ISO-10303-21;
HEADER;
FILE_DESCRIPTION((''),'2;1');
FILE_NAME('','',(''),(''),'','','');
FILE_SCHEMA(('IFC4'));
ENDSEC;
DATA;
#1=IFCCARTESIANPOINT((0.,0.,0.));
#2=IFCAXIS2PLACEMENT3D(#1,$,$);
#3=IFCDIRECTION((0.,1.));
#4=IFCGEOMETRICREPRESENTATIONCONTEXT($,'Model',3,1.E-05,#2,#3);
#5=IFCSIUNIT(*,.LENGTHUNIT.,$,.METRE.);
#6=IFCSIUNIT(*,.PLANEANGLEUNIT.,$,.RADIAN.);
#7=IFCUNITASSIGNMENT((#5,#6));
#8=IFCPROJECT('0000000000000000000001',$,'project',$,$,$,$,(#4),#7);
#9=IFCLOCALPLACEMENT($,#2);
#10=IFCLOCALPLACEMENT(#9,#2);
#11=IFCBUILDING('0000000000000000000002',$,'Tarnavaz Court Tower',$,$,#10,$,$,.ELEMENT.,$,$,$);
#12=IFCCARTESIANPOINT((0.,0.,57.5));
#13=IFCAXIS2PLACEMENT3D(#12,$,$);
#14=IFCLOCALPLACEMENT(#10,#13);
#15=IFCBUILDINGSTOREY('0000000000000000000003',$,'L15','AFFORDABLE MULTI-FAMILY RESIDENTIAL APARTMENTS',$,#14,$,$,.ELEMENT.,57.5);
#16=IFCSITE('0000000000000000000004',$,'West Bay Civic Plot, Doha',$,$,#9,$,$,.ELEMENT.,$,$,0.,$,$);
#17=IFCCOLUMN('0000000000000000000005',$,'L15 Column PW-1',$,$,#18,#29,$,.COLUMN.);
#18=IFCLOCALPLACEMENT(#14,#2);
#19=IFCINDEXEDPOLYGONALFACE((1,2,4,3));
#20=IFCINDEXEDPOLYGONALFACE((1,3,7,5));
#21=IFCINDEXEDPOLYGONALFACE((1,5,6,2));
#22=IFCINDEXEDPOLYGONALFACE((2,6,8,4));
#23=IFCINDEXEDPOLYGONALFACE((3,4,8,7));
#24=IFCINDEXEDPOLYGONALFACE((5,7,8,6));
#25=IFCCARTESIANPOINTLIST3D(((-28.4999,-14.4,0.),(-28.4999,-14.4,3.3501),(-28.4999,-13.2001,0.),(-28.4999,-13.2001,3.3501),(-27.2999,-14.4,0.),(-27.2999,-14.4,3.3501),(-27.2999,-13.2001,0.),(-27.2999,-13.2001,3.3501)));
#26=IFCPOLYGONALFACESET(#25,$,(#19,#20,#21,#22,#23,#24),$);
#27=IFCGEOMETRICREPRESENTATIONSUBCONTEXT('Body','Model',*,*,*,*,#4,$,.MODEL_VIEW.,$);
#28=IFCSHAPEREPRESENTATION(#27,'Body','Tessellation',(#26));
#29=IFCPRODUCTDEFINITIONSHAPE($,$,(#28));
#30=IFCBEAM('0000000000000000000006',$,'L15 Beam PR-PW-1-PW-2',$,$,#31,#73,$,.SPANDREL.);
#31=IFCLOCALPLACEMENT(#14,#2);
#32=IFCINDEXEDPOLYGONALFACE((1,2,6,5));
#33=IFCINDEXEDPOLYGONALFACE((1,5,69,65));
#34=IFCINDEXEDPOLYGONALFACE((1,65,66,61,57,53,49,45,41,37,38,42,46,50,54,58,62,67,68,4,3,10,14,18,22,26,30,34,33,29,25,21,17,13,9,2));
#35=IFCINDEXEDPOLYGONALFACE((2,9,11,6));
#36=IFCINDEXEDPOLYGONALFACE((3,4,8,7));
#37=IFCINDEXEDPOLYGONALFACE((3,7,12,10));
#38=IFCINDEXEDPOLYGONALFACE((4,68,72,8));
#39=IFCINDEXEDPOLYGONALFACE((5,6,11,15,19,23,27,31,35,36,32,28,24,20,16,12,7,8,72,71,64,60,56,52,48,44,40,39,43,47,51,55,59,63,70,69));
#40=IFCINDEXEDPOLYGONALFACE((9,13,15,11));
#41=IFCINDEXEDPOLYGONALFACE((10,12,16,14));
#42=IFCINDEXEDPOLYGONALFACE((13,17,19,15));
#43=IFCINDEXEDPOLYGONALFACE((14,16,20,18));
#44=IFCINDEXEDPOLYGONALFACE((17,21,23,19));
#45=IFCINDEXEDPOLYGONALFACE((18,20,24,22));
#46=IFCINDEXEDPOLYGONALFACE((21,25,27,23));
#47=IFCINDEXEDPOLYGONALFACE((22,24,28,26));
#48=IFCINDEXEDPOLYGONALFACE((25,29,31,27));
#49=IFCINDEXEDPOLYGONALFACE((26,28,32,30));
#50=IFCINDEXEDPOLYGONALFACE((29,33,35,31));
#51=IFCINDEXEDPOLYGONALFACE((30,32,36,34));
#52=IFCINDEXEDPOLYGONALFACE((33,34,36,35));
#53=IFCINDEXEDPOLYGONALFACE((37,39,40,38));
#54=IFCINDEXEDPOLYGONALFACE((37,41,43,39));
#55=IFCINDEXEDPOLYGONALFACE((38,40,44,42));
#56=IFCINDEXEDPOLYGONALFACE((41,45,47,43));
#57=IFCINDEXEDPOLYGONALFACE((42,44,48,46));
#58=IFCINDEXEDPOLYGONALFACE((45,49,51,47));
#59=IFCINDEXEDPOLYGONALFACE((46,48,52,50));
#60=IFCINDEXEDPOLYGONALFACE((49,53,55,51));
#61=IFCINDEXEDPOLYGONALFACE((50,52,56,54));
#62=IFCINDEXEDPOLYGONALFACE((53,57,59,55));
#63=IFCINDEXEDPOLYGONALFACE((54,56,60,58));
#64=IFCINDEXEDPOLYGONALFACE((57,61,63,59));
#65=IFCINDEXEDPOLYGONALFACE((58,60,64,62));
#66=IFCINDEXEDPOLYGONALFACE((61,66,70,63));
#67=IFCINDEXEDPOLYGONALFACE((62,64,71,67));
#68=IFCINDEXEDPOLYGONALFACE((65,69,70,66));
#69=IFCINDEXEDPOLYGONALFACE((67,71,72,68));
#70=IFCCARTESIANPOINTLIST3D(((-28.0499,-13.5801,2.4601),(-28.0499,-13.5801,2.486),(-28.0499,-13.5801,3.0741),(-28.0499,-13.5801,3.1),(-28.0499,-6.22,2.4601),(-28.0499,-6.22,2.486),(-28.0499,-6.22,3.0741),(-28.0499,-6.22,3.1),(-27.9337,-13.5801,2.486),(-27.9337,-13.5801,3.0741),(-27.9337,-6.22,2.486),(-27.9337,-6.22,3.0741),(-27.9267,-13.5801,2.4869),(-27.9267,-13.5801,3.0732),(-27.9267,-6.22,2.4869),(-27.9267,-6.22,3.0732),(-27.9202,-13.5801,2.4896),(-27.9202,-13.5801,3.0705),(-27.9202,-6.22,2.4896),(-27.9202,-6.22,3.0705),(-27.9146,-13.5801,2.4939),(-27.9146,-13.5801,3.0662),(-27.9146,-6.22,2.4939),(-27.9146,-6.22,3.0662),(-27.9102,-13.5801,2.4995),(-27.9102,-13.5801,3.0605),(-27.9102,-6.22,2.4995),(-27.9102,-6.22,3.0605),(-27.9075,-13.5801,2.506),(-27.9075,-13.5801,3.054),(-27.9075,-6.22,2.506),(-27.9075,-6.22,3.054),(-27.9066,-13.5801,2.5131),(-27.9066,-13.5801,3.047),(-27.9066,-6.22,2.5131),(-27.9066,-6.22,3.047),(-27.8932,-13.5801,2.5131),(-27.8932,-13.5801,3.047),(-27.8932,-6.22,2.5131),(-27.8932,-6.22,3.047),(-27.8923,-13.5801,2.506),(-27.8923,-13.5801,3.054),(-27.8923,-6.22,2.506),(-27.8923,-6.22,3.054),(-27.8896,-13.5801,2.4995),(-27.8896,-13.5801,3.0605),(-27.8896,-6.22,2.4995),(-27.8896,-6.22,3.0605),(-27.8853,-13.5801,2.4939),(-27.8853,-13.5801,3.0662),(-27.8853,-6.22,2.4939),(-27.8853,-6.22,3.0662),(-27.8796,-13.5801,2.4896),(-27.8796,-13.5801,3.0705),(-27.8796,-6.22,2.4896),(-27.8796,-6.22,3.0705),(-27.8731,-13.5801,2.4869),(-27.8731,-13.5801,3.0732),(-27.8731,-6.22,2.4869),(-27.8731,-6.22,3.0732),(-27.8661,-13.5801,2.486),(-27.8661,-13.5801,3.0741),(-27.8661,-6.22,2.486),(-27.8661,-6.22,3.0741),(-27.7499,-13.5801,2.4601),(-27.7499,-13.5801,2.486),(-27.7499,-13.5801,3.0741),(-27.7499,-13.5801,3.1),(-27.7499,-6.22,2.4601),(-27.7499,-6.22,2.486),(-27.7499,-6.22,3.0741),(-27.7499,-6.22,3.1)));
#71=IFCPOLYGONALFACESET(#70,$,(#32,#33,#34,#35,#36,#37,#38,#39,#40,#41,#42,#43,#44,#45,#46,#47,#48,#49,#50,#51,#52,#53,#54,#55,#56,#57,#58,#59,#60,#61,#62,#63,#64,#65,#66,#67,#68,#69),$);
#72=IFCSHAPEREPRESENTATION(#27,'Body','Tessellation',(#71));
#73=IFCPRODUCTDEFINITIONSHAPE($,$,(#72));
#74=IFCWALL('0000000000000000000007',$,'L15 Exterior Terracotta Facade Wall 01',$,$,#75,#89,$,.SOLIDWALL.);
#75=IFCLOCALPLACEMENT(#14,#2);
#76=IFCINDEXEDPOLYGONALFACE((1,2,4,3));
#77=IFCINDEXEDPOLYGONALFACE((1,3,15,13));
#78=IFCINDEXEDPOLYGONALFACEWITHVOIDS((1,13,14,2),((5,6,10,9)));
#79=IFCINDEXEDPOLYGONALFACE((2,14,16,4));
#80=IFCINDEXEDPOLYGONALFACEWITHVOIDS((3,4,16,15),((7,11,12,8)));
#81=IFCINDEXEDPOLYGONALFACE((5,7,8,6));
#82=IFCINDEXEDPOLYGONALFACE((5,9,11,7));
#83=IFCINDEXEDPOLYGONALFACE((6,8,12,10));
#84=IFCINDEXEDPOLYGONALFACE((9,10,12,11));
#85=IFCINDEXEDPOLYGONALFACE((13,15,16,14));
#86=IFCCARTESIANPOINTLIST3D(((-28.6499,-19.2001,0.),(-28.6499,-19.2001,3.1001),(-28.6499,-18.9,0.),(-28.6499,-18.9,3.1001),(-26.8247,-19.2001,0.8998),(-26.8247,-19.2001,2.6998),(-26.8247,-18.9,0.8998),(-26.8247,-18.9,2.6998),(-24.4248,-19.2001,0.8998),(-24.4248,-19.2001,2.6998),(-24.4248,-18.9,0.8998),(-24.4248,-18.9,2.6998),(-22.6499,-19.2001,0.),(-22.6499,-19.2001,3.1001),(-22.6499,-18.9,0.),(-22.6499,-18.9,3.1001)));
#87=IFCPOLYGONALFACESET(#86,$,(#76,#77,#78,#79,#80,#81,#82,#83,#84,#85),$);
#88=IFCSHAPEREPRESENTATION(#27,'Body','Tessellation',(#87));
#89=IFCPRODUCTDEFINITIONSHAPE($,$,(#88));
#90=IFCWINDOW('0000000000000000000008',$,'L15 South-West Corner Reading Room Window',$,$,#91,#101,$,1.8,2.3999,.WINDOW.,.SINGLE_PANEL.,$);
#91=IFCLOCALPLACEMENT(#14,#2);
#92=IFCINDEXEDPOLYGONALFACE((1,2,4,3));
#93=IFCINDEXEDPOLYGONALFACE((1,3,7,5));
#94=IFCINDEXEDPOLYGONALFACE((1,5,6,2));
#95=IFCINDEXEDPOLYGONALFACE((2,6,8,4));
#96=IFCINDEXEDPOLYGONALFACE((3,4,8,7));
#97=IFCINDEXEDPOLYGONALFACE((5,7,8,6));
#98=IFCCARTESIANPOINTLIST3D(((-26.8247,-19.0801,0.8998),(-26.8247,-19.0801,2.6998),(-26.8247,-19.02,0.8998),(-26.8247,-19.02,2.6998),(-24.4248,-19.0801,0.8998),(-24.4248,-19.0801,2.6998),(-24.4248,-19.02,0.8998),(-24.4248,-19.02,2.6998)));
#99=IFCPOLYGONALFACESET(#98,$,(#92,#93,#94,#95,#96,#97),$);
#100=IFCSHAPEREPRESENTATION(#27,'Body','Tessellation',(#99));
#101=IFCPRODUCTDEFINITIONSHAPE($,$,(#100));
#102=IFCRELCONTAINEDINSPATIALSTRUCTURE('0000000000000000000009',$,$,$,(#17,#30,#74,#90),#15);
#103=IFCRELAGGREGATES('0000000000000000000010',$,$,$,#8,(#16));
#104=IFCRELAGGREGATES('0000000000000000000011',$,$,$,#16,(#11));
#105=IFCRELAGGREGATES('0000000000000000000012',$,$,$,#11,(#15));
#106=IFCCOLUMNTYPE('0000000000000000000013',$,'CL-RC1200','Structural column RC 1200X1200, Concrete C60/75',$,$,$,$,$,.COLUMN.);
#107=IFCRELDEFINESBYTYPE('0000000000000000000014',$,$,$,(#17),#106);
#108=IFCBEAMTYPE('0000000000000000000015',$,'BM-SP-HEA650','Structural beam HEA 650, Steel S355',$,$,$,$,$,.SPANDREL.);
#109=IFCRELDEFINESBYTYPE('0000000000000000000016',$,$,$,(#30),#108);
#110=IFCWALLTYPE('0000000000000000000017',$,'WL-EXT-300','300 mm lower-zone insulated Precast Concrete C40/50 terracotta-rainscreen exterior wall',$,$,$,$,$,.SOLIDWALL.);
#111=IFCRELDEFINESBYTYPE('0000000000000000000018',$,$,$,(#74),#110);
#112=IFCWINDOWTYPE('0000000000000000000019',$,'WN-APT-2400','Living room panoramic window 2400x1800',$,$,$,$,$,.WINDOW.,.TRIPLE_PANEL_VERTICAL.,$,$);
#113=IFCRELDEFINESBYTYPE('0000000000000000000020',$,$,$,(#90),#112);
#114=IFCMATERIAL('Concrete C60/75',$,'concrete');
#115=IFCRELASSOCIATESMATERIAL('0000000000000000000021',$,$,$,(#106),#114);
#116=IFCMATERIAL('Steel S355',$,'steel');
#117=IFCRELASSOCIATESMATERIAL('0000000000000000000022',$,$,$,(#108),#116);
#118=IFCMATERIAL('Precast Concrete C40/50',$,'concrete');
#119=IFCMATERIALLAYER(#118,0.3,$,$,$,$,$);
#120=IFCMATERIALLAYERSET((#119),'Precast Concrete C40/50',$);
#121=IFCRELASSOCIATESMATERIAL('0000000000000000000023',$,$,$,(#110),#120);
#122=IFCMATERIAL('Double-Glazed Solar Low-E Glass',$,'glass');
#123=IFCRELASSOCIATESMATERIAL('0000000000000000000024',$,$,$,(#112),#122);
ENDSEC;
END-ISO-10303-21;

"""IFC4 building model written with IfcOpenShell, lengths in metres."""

from ifc_helpers import new_model, si_unit, direction, frame, frame_2d, origin, origin_2d, place, context, subcontext, project, spatial, rectangle, i_section, extrude, material, layer, layer_set, material_profile, profile_set, type_object, element, fill, save


model = new_model("IFC4")

# Units and contexts
model_context = context("Model", 3, precision=1e-05, world=origin(), true_north=direction((0.0, 1.0)))
body_context = subcontext(model_context, "Body", "Model", "MODEL_VIEW")
ifc_project = project(units=[si_unit("LENGTHUNIT", "METRE"), si_unit("PLANEANGLEUNIT", "RADIAN")], contexts=[model_context])

# Site, building, storey
site_placement = place(None, origin())
site = spatial("IfcSite", under=ifc_project, at=site_placement, Name="West Bay Civic Plot, Doha", CompositionType="ELEMENT", RefElevation=0.0)
building_placement = place(site_placement, origin())
building = spatial("IfcBuilding", under=site, at=building_placement, Name="Tarnavaz Court Tower", CompositionType="ELEMENT")
storey_placement = place(building_placement, frame((0.0, 0.0, 57.5)))
storey = spatial("IfcBuildingStorey", under=building, at=storey_placement, Name="L15", Description="AFFORDABLE MULTI-FAMILY RESIDENTIAL APARTMENTS", CompositionType="ELEMENT", Elevation=57.5)

# Column
ifc_material_1 = material(Name="Concrete C60/75", Category="concrete")
ifc_material_profile_1 = material_profile(ifc_material_1, rectangle(XDim=1.2, YDim=1.2, at=origin_2d()), Name="RC 1200X1200")
ifc_profile_set_1 = profile_set([ifc_material_profile_1], Name="Concrete C60/75")
column_type = type_object("IfcColumnType", Name="CL-RC1200", Description="Structural column RC 1200X1200, Concrete C60/75", PredefinedType="COLUMN", material=ifc_profile_set_1)
column_placement = place(storey_placement, frame((-27.8999, -13.8, 0.0), z_axis=(0.0, 0.0, 1.0), x_axis=(1.0, 0.0, 0.0)))
element("IfcColumn", 1, at=column_placement, inside=storey, type_object=column_type, Name="L15 Column PW-1", PredefinedType="COLUMN", context=body_context, shape_type="SweptSolid", body=[
    extrude(rectangle(XDim=1.2, YDim=1.2, at=origin_2d()), origin(), (0.0, 0.0, 1.0), 3.3501),
])

# Beam
ifc_material_2 = material(Name="Steel S355", Category="steel")
ifc_material_profile_2 = material_profile(ifc_material_2, i_section(OverallWidth=0.3, OverallDepth=0.6399, WebThickness=0.0134, FlangeThickness=0.0259, FilletRadius=0.0271, at=origin_2d()), Name="HEA 650")
ifc_profile_set_2 = profile_set([ifc_material_profile_2], Name="Steel S355")
beam_type = type_object("IfcBeamType", Name="BM-SP-HEA650", Description="Structural beam HEA 650, Steel S355", PredefinedType="SPANDREL", material=ifc_profile_set_2)
beam_placement = place(storey_placement, frame((-27.8999, -13.5801, 2.78), z_axis=(0.0, 1.0, 0.0), x_axis=(-1.0, 0.0, 0.0)))
element("IfcBeam", 2, at=beam_placement, inside=storey, type_object=beam_type, Name="L15 Beam PR-PW-1-PW-2", PredefinedType="SPANDREL", context=body_context, shape_type="SweptSolid", body=[
    extrude(i_section(OverallWidth=0.3, OverallDepth=0.6399, WebThickness=0.0134, FlangeThickness=0.0259, FilletRadius=0.0271, at=origin_2d()), origin(), (0.0, 0.0, 1.0), 7.3601),
])

# Wall, opening, window
ifc_material_3 = material(Name="Precast Concrete C40/50", Category="concrete")
ifc_layer_1 = layer(ifc_material_3, 0.3)
ifc_layer_set_1 = layer_set([ifc_layer_1], Name="Precast Concrete C40/50")
wall_type_1 = type_object("IfcWallType", Name="WL-EXT-300", Description="300 mm lower-zone insulated Precast Concrete C40/50 terracotta-rainscreen exterior wall", PredefinedType="SOLIDWALL", material=ifc_layer_set_1)
wall_1_placement = place(storey_placement, frame((-22.6499, -19.05, 0.0), z_axis=(0.0, 0.0, 1.0), x_axis=(-1.0, 0.0, 0.0)))
wall_1 = element("IfcWall", 3, at=wall_1_placement, inside=storey, type_object=wall_type_1, Name="L15 Exterior Terracotta Facade Wall 01", PredefinedType="SOLIDWALL", context=body_context, shape_type="SweptSolid", body=[
    extrude(rectangle(XDim=6.0, YDim=0.3, at=frame_2d((3.0, 0.0))), origin(), (0.0, 0.0, 1.0), 3.1001),
])
opening_1_placement = place(wall_1_placement, frame((1.7749, 0.0, 0.8999)))
opening_1 = element("IfcOpeningElement", 4, at=opening_1_placement, cuts=wall_1, PredefinedType="OPENING", context=body_context, shape_type="SweptSolid", body=[
    extrude(rectangle(XDim=2.3999, YDim=1.8, at=frame_2d((1.2, 0.8999))), frame((0.0, 0.1599, 0.0), z_axis=(0.0, -1.0, 0.0), x_axis=(1.0, 0.0, 0.0)), (0.0, 0.0, 1.0), 0.3201),
])
ifc_material_4 = material(Name="Double-Glazed Solar Low-E Glass", Category="glass")
window_type_1 = type_object("IfcWindowType", Name="WN-APT-2400", Description="Living room panoramic window 2400x1800", PartitioningType="TRIPLE_PANEL_VERTICAL", PredefinedType="WINDOW", material=ifc_material_4)
window_1_placement = place(opening_1_placement, origin())
window_1 = element("IfcWindow", 5, at=window_1_placement, inside=storey, type_object=window_type_1, Name="L15 South-West Corner Reading Room Window", OverallHeight=1.8, OverallWidth=2.3999, PartitioningType="SINGLE_PANEL", PredefinedType="WINDOW", context=body_context, shape_type="SweptSolid", body=[
    extrude(rectangle(XDim=2.3999, YDim=1.8, at=frame_2d((1.2, 0.8999))), frame((0.0, 0.03, 0.0), z_axis=(0.0, -1.0, 0.0), x_axis=(1.0, 0.0, 0.0)), (0.0, 0.0, 1.0), 0.0601),
])
fill(opening_1, window_1)

save(model, "model.ifc")
